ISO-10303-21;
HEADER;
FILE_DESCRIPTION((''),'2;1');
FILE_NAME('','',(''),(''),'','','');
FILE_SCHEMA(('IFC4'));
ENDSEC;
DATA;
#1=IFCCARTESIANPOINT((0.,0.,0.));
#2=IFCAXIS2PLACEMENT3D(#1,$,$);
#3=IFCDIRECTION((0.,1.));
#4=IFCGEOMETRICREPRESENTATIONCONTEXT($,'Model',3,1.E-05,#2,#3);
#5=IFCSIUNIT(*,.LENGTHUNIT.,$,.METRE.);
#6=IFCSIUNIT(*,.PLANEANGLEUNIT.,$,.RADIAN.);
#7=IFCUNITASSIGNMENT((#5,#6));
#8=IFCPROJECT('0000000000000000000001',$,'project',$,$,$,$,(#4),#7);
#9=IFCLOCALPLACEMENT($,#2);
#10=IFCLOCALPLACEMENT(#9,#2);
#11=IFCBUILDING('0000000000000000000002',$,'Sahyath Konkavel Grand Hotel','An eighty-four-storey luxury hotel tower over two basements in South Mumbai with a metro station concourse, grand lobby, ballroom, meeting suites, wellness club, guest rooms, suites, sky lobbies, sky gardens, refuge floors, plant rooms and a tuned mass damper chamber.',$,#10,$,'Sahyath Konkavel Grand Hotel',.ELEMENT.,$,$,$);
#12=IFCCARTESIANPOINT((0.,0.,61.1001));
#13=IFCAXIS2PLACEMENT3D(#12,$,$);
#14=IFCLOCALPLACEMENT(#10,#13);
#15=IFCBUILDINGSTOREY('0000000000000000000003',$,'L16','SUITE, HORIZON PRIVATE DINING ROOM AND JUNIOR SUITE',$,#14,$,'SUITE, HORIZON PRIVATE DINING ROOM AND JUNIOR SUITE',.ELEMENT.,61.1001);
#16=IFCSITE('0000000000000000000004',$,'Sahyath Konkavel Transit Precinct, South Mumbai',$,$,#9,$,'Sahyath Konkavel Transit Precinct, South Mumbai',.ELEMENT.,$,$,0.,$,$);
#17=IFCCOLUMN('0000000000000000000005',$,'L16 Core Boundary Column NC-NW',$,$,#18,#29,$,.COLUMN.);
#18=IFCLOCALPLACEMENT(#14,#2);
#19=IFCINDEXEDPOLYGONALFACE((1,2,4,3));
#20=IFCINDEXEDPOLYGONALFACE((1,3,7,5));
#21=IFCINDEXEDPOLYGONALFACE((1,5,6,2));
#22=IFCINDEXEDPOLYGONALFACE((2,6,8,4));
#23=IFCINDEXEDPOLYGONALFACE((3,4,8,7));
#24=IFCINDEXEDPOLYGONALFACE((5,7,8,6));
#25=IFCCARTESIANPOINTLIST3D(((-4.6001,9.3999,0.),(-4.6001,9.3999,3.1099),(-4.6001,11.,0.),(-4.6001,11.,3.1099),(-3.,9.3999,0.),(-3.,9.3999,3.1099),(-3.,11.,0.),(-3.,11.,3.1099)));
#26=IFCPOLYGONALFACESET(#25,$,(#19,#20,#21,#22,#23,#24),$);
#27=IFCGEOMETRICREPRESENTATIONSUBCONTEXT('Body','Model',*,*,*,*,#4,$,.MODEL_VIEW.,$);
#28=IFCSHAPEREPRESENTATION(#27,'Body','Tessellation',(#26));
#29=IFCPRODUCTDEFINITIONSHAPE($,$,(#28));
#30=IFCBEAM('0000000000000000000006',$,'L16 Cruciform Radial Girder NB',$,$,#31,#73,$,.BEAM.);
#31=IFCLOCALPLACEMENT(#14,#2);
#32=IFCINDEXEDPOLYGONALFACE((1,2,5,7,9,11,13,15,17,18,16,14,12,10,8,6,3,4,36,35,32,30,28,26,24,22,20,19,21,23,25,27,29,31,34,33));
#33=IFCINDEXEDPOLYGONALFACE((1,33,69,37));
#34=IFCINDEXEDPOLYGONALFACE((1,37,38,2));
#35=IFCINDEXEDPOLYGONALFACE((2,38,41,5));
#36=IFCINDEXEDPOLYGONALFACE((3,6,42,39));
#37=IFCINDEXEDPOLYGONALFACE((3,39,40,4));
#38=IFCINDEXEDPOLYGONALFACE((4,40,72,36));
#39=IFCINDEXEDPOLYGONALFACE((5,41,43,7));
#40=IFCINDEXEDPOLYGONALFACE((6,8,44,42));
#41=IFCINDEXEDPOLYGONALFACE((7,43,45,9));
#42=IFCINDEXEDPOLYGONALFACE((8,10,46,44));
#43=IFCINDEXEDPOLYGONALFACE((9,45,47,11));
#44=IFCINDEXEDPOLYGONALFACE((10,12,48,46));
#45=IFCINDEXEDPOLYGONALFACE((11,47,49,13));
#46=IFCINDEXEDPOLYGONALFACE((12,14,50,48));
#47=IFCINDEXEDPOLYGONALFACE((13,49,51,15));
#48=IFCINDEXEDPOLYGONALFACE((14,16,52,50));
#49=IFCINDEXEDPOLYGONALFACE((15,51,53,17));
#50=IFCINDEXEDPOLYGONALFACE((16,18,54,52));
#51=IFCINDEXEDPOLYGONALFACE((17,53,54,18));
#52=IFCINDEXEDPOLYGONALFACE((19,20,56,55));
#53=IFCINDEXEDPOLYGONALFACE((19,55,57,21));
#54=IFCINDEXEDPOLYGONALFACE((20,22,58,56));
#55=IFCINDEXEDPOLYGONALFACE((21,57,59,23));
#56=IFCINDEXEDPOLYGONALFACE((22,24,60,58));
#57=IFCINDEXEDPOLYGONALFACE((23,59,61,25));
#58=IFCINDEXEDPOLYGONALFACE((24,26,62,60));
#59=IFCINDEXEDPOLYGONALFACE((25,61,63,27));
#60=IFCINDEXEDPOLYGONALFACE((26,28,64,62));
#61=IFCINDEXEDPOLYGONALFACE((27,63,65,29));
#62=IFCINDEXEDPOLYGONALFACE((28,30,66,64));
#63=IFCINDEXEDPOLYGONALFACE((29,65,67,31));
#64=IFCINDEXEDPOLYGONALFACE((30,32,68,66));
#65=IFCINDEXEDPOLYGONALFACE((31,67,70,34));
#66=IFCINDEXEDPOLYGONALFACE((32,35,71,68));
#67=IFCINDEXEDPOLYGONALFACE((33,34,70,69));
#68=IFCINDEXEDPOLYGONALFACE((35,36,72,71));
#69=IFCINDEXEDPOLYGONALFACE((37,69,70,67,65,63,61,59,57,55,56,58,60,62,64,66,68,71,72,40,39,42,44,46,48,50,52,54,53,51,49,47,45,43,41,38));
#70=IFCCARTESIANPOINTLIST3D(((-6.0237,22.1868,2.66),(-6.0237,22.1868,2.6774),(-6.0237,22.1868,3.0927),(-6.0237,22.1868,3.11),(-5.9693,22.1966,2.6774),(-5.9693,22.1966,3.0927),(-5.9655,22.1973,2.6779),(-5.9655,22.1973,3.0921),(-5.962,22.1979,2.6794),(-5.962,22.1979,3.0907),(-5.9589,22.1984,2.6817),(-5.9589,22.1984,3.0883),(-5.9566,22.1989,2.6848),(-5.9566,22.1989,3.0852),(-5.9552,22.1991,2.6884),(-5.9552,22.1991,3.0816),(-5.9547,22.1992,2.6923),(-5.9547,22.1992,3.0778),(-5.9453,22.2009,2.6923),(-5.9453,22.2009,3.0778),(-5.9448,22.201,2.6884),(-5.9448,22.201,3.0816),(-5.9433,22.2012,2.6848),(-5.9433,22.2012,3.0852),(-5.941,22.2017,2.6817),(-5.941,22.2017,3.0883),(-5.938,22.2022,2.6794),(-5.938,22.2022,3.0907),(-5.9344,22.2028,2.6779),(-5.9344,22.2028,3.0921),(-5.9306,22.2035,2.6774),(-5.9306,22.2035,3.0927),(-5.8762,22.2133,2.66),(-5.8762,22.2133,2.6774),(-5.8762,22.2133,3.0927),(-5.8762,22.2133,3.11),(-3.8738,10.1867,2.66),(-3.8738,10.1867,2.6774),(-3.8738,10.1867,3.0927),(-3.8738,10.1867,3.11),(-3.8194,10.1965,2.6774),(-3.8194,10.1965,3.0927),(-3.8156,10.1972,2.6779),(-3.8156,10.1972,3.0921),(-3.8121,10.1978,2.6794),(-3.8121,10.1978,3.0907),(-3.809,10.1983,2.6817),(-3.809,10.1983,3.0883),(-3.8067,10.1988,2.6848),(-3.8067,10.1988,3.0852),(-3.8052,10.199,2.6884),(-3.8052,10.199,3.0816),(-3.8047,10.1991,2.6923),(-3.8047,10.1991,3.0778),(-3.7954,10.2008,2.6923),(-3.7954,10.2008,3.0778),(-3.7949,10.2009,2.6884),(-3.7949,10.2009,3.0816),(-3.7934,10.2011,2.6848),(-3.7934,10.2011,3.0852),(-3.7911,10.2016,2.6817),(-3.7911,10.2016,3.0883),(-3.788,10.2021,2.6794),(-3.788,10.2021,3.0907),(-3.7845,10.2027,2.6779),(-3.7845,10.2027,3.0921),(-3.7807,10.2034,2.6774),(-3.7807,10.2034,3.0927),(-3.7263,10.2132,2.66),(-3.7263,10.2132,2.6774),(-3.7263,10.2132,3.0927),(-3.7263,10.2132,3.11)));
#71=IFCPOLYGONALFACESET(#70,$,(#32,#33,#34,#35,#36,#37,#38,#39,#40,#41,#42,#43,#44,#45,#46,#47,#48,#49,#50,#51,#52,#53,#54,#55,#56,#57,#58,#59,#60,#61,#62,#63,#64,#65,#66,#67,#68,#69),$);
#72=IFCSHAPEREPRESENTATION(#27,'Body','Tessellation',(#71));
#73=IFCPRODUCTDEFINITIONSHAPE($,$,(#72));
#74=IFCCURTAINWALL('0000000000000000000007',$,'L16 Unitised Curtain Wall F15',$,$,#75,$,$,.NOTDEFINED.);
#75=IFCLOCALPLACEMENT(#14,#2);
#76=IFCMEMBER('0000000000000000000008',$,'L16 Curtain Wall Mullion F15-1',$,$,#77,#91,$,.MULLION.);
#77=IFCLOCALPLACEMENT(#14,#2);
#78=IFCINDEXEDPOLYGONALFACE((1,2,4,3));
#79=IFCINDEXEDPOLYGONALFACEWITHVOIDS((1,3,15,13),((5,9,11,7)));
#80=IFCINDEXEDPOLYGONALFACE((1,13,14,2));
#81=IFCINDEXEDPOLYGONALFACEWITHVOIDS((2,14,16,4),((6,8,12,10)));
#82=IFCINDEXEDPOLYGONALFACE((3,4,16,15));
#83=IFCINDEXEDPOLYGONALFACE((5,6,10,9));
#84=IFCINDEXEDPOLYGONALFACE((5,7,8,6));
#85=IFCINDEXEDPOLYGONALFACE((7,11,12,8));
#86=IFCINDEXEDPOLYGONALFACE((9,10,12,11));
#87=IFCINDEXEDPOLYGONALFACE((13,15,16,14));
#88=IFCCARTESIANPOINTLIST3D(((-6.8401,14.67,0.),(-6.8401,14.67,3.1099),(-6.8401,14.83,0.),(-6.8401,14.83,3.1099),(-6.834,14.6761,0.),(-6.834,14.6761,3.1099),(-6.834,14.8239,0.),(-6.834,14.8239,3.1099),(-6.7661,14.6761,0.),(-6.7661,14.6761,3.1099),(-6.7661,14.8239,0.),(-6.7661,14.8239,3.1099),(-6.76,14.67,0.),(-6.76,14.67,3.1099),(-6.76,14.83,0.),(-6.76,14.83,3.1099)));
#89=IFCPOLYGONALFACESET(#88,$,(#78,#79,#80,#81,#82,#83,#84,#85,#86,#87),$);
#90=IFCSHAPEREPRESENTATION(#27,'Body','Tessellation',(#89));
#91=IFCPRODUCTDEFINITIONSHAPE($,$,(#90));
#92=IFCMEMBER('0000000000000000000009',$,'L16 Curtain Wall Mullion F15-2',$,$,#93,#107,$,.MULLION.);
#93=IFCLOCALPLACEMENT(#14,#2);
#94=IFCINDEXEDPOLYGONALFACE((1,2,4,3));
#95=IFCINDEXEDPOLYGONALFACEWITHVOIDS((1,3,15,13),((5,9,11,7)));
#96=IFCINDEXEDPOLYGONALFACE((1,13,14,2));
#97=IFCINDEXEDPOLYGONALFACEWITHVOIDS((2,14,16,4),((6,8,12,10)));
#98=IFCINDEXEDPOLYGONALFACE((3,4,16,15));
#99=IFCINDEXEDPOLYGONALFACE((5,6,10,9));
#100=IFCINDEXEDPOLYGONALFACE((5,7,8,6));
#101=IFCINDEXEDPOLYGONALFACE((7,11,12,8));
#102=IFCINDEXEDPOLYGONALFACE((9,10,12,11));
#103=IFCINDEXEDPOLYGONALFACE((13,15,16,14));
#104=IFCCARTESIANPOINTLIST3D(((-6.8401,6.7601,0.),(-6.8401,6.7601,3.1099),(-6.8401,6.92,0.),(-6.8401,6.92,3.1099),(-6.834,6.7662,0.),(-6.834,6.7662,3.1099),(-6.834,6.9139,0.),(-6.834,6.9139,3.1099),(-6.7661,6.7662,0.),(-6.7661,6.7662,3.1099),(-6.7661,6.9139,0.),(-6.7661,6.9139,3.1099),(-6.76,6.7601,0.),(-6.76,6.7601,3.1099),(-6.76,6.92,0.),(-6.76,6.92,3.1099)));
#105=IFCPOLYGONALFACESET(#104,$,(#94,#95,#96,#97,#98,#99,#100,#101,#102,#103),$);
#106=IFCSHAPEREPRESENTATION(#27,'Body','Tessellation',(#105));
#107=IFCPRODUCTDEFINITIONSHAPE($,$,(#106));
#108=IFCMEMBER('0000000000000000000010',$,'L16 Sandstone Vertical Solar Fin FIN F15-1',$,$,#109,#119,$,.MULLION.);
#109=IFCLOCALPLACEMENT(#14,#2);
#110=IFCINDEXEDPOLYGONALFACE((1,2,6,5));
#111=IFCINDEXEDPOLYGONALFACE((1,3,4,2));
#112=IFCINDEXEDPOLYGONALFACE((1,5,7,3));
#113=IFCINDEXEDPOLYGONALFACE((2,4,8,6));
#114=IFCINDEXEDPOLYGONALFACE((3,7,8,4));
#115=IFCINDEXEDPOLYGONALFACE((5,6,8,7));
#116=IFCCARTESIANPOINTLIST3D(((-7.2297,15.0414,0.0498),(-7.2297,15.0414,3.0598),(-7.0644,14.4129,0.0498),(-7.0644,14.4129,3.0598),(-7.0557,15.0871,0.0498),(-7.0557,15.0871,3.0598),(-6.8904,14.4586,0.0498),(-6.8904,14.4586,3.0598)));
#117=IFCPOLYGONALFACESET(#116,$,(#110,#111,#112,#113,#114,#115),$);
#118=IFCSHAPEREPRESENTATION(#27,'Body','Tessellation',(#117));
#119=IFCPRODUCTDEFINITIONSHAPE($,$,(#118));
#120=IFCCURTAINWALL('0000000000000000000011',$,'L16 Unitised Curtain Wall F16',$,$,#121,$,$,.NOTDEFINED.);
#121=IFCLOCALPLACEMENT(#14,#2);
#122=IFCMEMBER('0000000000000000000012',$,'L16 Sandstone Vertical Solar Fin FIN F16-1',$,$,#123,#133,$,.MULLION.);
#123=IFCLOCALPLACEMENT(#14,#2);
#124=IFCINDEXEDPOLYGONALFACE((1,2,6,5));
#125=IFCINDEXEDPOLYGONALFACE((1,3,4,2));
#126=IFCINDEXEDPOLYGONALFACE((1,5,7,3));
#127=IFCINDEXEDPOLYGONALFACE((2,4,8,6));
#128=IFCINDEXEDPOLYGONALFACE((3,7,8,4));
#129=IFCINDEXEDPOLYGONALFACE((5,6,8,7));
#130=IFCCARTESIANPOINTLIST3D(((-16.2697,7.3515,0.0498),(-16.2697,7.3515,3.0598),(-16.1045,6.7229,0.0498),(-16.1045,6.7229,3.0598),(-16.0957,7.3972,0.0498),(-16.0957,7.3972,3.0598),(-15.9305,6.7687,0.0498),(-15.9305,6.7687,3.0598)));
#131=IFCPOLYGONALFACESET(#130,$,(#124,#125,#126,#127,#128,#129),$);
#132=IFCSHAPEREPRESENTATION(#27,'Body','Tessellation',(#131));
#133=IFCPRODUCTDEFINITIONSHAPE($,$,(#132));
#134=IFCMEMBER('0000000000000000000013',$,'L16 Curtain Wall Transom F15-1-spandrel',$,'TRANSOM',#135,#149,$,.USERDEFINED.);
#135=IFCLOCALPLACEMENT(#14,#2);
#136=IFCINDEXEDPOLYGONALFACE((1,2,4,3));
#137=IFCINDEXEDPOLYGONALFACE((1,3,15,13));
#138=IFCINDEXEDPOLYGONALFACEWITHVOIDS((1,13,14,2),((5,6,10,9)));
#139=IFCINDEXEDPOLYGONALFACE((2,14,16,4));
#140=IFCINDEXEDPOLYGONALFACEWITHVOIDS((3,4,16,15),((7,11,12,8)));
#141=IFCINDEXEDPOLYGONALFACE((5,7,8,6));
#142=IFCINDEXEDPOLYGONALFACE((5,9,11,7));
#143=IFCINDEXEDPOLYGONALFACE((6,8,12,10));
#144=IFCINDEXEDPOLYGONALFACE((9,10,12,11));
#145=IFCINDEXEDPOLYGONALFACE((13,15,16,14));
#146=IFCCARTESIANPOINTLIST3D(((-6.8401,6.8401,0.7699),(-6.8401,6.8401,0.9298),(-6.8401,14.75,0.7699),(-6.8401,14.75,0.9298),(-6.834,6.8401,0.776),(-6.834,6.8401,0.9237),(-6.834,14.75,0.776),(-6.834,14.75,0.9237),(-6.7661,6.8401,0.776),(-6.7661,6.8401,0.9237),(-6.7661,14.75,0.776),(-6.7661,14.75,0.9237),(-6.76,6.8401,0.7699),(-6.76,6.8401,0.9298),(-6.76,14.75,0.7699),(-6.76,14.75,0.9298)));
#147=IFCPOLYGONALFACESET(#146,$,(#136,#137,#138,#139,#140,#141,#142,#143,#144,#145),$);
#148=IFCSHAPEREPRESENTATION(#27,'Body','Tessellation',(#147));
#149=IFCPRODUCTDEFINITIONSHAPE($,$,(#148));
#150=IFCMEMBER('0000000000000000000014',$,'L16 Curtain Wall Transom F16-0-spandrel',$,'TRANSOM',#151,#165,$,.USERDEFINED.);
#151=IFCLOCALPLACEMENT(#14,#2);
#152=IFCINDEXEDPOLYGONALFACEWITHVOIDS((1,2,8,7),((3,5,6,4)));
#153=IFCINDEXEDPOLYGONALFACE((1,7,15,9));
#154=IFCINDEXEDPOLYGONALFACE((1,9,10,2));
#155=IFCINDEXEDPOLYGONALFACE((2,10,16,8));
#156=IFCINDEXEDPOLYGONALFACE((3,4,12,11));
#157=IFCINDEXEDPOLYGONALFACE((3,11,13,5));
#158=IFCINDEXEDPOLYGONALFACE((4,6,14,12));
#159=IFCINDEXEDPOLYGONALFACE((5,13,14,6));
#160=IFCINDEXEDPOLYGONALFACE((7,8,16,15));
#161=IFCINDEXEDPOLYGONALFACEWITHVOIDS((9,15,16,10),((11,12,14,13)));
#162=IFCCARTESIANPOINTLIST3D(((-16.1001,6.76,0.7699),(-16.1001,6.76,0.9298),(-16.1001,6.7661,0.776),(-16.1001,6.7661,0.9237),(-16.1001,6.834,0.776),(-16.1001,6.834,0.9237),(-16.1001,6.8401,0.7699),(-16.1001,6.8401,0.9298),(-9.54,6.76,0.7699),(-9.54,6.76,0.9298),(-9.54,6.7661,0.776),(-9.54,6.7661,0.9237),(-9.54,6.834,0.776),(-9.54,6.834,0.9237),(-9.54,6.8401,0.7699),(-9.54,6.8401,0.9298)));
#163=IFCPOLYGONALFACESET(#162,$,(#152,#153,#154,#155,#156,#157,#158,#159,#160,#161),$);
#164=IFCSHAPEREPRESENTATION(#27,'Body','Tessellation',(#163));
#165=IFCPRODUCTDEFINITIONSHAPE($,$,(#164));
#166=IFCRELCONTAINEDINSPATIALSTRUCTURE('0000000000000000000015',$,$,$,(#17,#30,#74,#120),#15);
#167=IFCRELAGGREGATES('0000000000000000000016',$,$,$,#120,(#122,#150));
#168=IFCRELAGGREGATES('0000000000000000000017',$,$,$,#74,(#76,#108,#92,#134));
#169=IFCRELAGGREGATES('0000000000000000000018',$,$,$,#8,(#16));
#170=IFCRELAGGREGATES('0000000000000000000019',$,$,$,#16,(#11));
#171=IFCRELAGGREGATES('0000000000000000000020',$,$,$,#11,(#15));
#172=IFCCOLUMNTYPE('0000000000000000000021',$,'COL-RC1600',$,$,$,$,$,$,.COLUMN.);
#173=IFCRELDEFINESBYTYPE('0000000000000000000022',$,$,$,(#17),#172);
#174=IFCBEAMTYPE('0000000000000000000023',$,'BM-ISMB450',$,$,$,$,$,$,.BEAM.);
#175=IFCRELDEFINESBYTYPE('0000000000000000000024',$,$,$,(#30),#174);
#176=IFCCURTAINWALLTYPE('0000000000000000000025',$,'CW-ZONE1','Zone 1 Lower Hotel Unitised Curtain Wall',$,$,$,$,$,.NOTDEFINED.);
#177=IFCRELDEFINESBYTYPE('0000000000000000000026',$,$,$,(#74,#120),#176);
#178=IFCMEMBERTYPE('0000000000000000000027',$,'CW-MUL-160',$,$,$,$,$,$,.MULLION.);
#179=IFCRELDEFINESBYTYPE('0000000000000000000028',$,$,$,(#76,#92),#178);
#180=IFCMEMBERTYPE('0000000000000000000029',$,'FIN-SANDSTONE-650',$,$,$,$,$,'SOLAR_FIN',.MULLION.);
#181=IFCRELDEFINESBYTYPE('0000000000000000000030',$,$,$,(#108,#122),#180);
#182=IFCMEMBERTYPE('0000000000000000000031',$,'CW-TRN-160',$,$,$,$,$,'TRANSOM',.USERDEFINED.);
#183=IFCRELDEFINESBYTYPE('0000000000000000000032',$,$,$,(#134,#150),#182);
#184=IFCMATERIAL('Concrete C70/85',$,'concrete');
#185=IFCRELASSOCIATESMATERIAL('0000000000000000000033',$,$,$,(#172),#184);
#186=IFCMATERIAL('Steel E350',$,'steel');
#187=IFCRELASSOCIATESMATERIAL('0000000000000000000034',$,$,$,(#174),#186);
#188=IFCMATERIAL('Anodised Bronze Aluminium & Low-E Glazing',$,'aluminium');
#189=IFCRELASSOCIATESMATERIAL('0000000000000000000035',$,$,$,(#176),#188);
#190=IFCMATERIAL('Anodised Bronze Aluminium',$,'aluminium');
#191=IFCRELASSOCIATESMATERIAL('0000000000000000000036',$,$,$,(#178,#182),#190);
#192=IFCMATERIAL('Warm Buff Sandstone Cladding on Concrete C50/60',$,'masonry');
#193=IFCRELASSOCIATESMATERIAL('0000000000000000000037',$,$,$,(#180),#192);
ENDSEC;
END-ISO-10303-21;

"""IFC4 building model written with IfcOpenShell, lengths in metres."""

from ifc_helpers import new_model, si_unit, direction, frame, origin, origin_2d, place, context, subcontext, project, spatial, rectangle, hollow_rectangle, i_section, extrude, source, transform, mapped, material, material_profile, profile_set, type_object, element, aggregate, save


model = new_model("IFC4")

# Units and contexts
model_context = context("Model", 3, precision=1e-05, world=origin(), true_north=direction((0.0, 1.0)))
body_context = subcontext(model_context, "Body", "Model", "MODEL_VIEW")
ifc_project = project(units=[si_unit("LENGTHUNIT", "METRE"), si_unit("PLANEANGLEUNIT", "RADIAN")], contexts=[model_context])

# Site, building, storey
site_placement = place(None, origin())
site = spatial("IfcSite", under=ifc_project, at=site_placement, Name="Sahyath Konkavel Transit Precinct, South Mumbai", LongName="Sahyath Konkavel Transit Precinct, South Mumbai", CompositionType="ELEMENT", RefElevation=0.0)
building_placement = place(site_placement, origin())
building = spatial("IfcBuilding", under=site, at=building_placement, Name="Sahyath Konkavel Grand Hotel", Description="An eighty-four-storey luxury hotel tower over two basements in South Mumbai with a metro station concourse, grand lobby, ballroom, meeting suites, wellness club, guest rooms, suites, sky lobbies, sky gardens, refuge floors, plant rooms and a tuned mass damper chamber.", LongName="Sahyath Konkavel Grand Hotel", CompositionType="ELEMENT")
storey_placement = place(building_placement, frame((0.0, 0.0, 61.1001)))
storey = spatial("IfcBuildingStorey", under=building, at=storey_placement, Name="L16", Description="SUITE, HORIZON PRIVATE DINING ROOM AND JUNIOR SUITE", LongName="SUITE, HORIZON PRIVATE DINING ROOM AND JUNIOR SUITE", CompositionType="ELEMENT", Elevation=61.1001)

# Column
ifc_material_1 = material(Name="Concrete C70/85", Category="concrete")
ifc_material_profile_1 = material_profile(ifc_material_1, rectangle(XDim=1.6001, YDim=1.6001, at=origin_2d()), Name="RC 1600x1600")
ifc_profile_set_1 = profile_set([ifc_material_profile_1], Name="Concrete C70/85")
column_type = type_object("IfcColumnType", Name="COL-RC1600", PredefinedType="COLUMN", material=ifc_profile_set_1)
shared_shape_1 = source(origin(), body_context, "Body", "SweptSolid", [
    extrude(rectangle(XDim=1.6001, YDim=1.6001, at=origin_2d()), origin(), (0.0, 0.0, 1.0), 3.1099),
])
column_placement = place(storey_placement, frame((-3.8, 10.2, 0.0), z_axis=(0.0, 0.0, 1.0), x_axis=(1.0, 0.0, 0.0)))
element("IfcColumn", 1, at=column_placement, inside=storey, type_object=column_type, Name="L16 Core Boundary Column NC-NW", PredefinedType="COLUMN", context=body_context, shape_type="MappedRepresentation", body=[
    mapped(shared_shape_1, transform((0.0, 0.0, 0.0), scale=1.0)),
])

# Beam
ifc_material_2 = material(Name="Steel E350", Category="steel")
ifc_material_profile_2 = material_profile(ifc_material_2, i_section(OverallWidth=0.1499, OverallDepth=0.45, WebThickness=0.0095, FlangeThickness=0.0173, FilletRadius=0.0149, at=origin_2d()), Name="ISMB 450")
ifc_profile_set_2 = profile_set([ifc_material_profile_2], Name="Steel E350")
beam_type_1 = type_object("IfcBeamType", Name="BM-ISMB450", PredefinedType="BEAM", material=ifc_profile_set_2)
shared_shape_2 = source(origin(), body_context, "Body", "SweptSolid", [
    extrude(i_section(OverallWidth=0.1499, OverallDepth=0.45, WebThickness=0.0095, FlangeThickness=0.0173, FilletRadius=0.0149, at=origin_2d()), origin(), (0.0, 0.0, 1.0), 12.1912),
])
beam_1_placement = place(storey_placement, frame((-3.8, 10.2, 2.885), z_axis=(-0.176351, 0.984327, 0.0), x_axis=(-0.984327, -0.176351, 0.0)))
element("IfcBeam", 2, at=beam_1_placement, inside=storey, type_object=beam_type_1, Name="L16 Cruciform Radial Girder NB", PredefinedType="BEAM", context=body_context, shape_type="MappedRepresentation", body=[
    mapped(shared_shape_2, transform((0.0, 0.0, 0.0), scale=1.0)),
])

# Curtain wall, members
ifc_material_3 = material(Name="Anodised Bronze Aluminium & Low-E Glazing", Category="aluminium")
curtain_wall_type = type_object("IfcCurtainWallType", Name="CW-ZONE1", Description="Zone 1 Lower Hotel Unitised Curtain Wall", PredefinedType="NOTDEFINED", material=ifc_material_3)
curtain_wall_1_placement = place(storey_placement, origin())
curtain_wall_1 = element("IfcCurtainWall", 3, at=curtain_wall_1_placement, inside=storey, type_object=curtain_wall_type, Name="L16 Unitised Curtain Wall F15", PredefinedType="NOTDEFINED")
ifc_material_4 = material(Name="Anodised Bronze Aluminium", Category="aluminium")
ifc_material_profile_3 = material_profile(ifc_material_4, hollow_rectangle(XDim=0.0801, YDim=0.1599, WallThickness=0.0061, at=origin_2d()), Name="RHS 160x80x6")
ifc_profile_set_3 = profile_set([ifc_material_profile_3], Name="Anodised Bronze Aluminium")
member_type_1 = type_object("IfcMemberType", Name="CW-MUL-160", PredefinedType="MULLION", material=ifc_profile_set_3)
shared_shape_3 = source(origin(), body_context, "Body", "SweptSolid", [
    extrude(hollow_rectangle(XDim=0.0801, YDim=0.1599, WallThickness=0.0061, at=origin_2d()), origin(), (0.0, 0.0, 1.0), 3.1099),
])
member_1_placement = place(storey_placement, frame((-6.8, 14.75, 0.0), z_axis=(0.0, 0.0, 1.0), x_axis=(1.0, 0.0, 0.0)))
member_1 = element("IfcMember", 4, at=member_1_placement, type_object=member_type_1, Name="L16 Curtain Wall Mullion F15-1", PredefinedType="MULLION", context=body_context, shape_type="MappedRepresentation", body=[
    mapped(shared_shape_3, transform((0.0, 0.0, 0.0), scale=1.0)),
])
member_2_placement = place(storey_placement, frame((-6.8, 6.8401, 0.0), z_axis=(0.0, 0.0, 1.0), x_axis=(1.0, 0.0, 0.0)))
member_2 = element("IfcMember", 5, at=member_2_placement, type_object=member_type_1, Name="L16 Curtain Wall Mullion F15-2", PredefinedType="MULLION", context=body_context, shape_type="MappedRepresentation", body=[
    mapped(shared_shape_3, transform((0.0, 0.0, 0.0), scale=1.0)),
])
ifc_material_5 = material(Name="Warm Buff Sandstone Cladding on Concrete C50/60", Category="masonry")
ifc_material_profile_4 = material_profile(ifc_material_5, rectangle(XDim=0.1799, YDim=0.6499, at=origin_2d()), Name="FIN 180x650")
ifc_profile_set_4 = profile_set([ifc_material_profile_4], Name="Warm Buff Sandstone Cladding on Concrete C50/60")
member_type_2 = type_object("IfcMemberType", Name="FIN-SANDSTONE-650", ElementType="SOLAR_FIN", PredefinedType="MULLION", material=ifc_profile_set_4)
shared_shape_4 = source(origin(), body_context, "Body", "SweptSolid", [
    extrude(rectangle(XDim=0.1799, YDim=0.6499, at=origin_2d()), origin(), (0.0, 0.0, 1.0), 3.01),
])
member_3_placement = place(storey_placement, frame((-7.0601, 14.75, 0.0498), z_axis=(0.0, 0.0, 1.0), x_axis=(0.967135, 0.254264, 0.0)))
member_3 = element("IfcMember", 6, at=member_3_placement, type_object=member_type_2, Name="L16 Sandstone Vertical Solar Fin FIN F15-1", PredefinedType="MULLION", context=body_context, shape_type="MappedRepresentation", body=[
    mapped(shared_shape_4, transform((0.0, 0.0, 0.0), scale=1.0)),
])

# Curtain wall, member
curtain_wall_2_placement = place(storey_placement, origin())
curtain_wall_2 = element("IfcCurtainWall", 7, at=curtain_wall_2_placement, inside=storey, type_object=curtain_wall_type, Name="L16 Unitised Curtain Wall F16", PredefinedType="NOTDEFINED")
member_4_placement = place(storey_placement, frame((-16.1001, 7.0601, 0.0498), z_axis=(0.0, 0.0, 1.0), x_axis=(0.967135, 0.254264, 0.0)))
member_4 = element("IfcMember", 8, at=member_4_placement, type_object=member_type_2, Name="L16 Sandstone Vertical Solar Fin FIN F16-1", PredefinedType="MULLION", context=body_context, shape_type="MappedRepresentation", body=[
    mapped(shared_shape_4, transform((0.0, 0.0, 0.0), scale=1.0)),
])

# Members
ifc_material_profile_5 = material_profile(ifc_material_4, hollow_rectangle(XDim=0.0801, YDim=0.1599, WallThickness=0.0061, at=origin_2d()), Name="RHS 160x80x6")
ifc_profile_set_5 = profile_set([ifc_material_profile_5], Name="Anodised Bronze Aluminium")
member_type_3 = type_object("IfcMemberType", Name="CW-TRN-160", ElementType="TRANSOM", PredefinedType="USERDEFINED", material=ifc_profile_set_5)
shared_shape_5 = source(origin(), body_context, "Body", "SweptSolid", [
    extrude(hollow_rectangle(XDim=0.0801, YDim=0.1599, WallThickness=0.0061, at=origin_2d()), origin(), (0.0, 0.0, 1.0), 7.9099),
])
member_5_placement = place(storey_placement, frame((-6.8, 14.75, 0.8499), z_axis=(0.0, -1.0, 0.0), x_axis=(1.0, 0.0, 0.0)))
member_5 = element("IfcMember", 9, at=member_5_placement, type_object=member_type_3, Name="L16 Curtain Wall Transom F15-1-spandrel", ObjectType="TRANSOM", PredefinedType="USERDEFINED", context=body_context, shape_type="MappedRepresentation", body=[
    mapped(shared_shape_5, transform((0.0, 0.0, 0.0), scale=1.0)),
])
shared_shape_6 = source(origin(), body_context, "Body", "SweptSolid", [
    extrude(hollow_rectangle(XDim=0.0801, YDim=0.1599, WallThickness=0.0061, at=origin_2d()), origin(), (0.0, 0.0, 1.0), 6.5601),
])
member_6_placement = place(storey_placement, frame((-9.54, 6.8, 0.8499), z_axis=(-1.0, 0.0, 0.0), x_axis=(0.0, -1.0, 0.0)))
member_6 = element("IfcMember", 10, at=member_6_placement, type_object=member_type_3, Name="L16 Curtain Wall Transom F16-0-spandrel", ObjectType="TRANSOM", PredefinedType="USERDEFINED", context=body_context, shape_type="MappedRepresentation", body=[
    mapped(shared_shape_6, transform((0.0, 0.0, 0.0), scale=1.0)),
])
aggregate(curtain_wall_2, [member_4, member_6])

aggregate(curtain_wall_1, [member_1, member_3, member_2, member_5])

save(model, "model.ifc")
